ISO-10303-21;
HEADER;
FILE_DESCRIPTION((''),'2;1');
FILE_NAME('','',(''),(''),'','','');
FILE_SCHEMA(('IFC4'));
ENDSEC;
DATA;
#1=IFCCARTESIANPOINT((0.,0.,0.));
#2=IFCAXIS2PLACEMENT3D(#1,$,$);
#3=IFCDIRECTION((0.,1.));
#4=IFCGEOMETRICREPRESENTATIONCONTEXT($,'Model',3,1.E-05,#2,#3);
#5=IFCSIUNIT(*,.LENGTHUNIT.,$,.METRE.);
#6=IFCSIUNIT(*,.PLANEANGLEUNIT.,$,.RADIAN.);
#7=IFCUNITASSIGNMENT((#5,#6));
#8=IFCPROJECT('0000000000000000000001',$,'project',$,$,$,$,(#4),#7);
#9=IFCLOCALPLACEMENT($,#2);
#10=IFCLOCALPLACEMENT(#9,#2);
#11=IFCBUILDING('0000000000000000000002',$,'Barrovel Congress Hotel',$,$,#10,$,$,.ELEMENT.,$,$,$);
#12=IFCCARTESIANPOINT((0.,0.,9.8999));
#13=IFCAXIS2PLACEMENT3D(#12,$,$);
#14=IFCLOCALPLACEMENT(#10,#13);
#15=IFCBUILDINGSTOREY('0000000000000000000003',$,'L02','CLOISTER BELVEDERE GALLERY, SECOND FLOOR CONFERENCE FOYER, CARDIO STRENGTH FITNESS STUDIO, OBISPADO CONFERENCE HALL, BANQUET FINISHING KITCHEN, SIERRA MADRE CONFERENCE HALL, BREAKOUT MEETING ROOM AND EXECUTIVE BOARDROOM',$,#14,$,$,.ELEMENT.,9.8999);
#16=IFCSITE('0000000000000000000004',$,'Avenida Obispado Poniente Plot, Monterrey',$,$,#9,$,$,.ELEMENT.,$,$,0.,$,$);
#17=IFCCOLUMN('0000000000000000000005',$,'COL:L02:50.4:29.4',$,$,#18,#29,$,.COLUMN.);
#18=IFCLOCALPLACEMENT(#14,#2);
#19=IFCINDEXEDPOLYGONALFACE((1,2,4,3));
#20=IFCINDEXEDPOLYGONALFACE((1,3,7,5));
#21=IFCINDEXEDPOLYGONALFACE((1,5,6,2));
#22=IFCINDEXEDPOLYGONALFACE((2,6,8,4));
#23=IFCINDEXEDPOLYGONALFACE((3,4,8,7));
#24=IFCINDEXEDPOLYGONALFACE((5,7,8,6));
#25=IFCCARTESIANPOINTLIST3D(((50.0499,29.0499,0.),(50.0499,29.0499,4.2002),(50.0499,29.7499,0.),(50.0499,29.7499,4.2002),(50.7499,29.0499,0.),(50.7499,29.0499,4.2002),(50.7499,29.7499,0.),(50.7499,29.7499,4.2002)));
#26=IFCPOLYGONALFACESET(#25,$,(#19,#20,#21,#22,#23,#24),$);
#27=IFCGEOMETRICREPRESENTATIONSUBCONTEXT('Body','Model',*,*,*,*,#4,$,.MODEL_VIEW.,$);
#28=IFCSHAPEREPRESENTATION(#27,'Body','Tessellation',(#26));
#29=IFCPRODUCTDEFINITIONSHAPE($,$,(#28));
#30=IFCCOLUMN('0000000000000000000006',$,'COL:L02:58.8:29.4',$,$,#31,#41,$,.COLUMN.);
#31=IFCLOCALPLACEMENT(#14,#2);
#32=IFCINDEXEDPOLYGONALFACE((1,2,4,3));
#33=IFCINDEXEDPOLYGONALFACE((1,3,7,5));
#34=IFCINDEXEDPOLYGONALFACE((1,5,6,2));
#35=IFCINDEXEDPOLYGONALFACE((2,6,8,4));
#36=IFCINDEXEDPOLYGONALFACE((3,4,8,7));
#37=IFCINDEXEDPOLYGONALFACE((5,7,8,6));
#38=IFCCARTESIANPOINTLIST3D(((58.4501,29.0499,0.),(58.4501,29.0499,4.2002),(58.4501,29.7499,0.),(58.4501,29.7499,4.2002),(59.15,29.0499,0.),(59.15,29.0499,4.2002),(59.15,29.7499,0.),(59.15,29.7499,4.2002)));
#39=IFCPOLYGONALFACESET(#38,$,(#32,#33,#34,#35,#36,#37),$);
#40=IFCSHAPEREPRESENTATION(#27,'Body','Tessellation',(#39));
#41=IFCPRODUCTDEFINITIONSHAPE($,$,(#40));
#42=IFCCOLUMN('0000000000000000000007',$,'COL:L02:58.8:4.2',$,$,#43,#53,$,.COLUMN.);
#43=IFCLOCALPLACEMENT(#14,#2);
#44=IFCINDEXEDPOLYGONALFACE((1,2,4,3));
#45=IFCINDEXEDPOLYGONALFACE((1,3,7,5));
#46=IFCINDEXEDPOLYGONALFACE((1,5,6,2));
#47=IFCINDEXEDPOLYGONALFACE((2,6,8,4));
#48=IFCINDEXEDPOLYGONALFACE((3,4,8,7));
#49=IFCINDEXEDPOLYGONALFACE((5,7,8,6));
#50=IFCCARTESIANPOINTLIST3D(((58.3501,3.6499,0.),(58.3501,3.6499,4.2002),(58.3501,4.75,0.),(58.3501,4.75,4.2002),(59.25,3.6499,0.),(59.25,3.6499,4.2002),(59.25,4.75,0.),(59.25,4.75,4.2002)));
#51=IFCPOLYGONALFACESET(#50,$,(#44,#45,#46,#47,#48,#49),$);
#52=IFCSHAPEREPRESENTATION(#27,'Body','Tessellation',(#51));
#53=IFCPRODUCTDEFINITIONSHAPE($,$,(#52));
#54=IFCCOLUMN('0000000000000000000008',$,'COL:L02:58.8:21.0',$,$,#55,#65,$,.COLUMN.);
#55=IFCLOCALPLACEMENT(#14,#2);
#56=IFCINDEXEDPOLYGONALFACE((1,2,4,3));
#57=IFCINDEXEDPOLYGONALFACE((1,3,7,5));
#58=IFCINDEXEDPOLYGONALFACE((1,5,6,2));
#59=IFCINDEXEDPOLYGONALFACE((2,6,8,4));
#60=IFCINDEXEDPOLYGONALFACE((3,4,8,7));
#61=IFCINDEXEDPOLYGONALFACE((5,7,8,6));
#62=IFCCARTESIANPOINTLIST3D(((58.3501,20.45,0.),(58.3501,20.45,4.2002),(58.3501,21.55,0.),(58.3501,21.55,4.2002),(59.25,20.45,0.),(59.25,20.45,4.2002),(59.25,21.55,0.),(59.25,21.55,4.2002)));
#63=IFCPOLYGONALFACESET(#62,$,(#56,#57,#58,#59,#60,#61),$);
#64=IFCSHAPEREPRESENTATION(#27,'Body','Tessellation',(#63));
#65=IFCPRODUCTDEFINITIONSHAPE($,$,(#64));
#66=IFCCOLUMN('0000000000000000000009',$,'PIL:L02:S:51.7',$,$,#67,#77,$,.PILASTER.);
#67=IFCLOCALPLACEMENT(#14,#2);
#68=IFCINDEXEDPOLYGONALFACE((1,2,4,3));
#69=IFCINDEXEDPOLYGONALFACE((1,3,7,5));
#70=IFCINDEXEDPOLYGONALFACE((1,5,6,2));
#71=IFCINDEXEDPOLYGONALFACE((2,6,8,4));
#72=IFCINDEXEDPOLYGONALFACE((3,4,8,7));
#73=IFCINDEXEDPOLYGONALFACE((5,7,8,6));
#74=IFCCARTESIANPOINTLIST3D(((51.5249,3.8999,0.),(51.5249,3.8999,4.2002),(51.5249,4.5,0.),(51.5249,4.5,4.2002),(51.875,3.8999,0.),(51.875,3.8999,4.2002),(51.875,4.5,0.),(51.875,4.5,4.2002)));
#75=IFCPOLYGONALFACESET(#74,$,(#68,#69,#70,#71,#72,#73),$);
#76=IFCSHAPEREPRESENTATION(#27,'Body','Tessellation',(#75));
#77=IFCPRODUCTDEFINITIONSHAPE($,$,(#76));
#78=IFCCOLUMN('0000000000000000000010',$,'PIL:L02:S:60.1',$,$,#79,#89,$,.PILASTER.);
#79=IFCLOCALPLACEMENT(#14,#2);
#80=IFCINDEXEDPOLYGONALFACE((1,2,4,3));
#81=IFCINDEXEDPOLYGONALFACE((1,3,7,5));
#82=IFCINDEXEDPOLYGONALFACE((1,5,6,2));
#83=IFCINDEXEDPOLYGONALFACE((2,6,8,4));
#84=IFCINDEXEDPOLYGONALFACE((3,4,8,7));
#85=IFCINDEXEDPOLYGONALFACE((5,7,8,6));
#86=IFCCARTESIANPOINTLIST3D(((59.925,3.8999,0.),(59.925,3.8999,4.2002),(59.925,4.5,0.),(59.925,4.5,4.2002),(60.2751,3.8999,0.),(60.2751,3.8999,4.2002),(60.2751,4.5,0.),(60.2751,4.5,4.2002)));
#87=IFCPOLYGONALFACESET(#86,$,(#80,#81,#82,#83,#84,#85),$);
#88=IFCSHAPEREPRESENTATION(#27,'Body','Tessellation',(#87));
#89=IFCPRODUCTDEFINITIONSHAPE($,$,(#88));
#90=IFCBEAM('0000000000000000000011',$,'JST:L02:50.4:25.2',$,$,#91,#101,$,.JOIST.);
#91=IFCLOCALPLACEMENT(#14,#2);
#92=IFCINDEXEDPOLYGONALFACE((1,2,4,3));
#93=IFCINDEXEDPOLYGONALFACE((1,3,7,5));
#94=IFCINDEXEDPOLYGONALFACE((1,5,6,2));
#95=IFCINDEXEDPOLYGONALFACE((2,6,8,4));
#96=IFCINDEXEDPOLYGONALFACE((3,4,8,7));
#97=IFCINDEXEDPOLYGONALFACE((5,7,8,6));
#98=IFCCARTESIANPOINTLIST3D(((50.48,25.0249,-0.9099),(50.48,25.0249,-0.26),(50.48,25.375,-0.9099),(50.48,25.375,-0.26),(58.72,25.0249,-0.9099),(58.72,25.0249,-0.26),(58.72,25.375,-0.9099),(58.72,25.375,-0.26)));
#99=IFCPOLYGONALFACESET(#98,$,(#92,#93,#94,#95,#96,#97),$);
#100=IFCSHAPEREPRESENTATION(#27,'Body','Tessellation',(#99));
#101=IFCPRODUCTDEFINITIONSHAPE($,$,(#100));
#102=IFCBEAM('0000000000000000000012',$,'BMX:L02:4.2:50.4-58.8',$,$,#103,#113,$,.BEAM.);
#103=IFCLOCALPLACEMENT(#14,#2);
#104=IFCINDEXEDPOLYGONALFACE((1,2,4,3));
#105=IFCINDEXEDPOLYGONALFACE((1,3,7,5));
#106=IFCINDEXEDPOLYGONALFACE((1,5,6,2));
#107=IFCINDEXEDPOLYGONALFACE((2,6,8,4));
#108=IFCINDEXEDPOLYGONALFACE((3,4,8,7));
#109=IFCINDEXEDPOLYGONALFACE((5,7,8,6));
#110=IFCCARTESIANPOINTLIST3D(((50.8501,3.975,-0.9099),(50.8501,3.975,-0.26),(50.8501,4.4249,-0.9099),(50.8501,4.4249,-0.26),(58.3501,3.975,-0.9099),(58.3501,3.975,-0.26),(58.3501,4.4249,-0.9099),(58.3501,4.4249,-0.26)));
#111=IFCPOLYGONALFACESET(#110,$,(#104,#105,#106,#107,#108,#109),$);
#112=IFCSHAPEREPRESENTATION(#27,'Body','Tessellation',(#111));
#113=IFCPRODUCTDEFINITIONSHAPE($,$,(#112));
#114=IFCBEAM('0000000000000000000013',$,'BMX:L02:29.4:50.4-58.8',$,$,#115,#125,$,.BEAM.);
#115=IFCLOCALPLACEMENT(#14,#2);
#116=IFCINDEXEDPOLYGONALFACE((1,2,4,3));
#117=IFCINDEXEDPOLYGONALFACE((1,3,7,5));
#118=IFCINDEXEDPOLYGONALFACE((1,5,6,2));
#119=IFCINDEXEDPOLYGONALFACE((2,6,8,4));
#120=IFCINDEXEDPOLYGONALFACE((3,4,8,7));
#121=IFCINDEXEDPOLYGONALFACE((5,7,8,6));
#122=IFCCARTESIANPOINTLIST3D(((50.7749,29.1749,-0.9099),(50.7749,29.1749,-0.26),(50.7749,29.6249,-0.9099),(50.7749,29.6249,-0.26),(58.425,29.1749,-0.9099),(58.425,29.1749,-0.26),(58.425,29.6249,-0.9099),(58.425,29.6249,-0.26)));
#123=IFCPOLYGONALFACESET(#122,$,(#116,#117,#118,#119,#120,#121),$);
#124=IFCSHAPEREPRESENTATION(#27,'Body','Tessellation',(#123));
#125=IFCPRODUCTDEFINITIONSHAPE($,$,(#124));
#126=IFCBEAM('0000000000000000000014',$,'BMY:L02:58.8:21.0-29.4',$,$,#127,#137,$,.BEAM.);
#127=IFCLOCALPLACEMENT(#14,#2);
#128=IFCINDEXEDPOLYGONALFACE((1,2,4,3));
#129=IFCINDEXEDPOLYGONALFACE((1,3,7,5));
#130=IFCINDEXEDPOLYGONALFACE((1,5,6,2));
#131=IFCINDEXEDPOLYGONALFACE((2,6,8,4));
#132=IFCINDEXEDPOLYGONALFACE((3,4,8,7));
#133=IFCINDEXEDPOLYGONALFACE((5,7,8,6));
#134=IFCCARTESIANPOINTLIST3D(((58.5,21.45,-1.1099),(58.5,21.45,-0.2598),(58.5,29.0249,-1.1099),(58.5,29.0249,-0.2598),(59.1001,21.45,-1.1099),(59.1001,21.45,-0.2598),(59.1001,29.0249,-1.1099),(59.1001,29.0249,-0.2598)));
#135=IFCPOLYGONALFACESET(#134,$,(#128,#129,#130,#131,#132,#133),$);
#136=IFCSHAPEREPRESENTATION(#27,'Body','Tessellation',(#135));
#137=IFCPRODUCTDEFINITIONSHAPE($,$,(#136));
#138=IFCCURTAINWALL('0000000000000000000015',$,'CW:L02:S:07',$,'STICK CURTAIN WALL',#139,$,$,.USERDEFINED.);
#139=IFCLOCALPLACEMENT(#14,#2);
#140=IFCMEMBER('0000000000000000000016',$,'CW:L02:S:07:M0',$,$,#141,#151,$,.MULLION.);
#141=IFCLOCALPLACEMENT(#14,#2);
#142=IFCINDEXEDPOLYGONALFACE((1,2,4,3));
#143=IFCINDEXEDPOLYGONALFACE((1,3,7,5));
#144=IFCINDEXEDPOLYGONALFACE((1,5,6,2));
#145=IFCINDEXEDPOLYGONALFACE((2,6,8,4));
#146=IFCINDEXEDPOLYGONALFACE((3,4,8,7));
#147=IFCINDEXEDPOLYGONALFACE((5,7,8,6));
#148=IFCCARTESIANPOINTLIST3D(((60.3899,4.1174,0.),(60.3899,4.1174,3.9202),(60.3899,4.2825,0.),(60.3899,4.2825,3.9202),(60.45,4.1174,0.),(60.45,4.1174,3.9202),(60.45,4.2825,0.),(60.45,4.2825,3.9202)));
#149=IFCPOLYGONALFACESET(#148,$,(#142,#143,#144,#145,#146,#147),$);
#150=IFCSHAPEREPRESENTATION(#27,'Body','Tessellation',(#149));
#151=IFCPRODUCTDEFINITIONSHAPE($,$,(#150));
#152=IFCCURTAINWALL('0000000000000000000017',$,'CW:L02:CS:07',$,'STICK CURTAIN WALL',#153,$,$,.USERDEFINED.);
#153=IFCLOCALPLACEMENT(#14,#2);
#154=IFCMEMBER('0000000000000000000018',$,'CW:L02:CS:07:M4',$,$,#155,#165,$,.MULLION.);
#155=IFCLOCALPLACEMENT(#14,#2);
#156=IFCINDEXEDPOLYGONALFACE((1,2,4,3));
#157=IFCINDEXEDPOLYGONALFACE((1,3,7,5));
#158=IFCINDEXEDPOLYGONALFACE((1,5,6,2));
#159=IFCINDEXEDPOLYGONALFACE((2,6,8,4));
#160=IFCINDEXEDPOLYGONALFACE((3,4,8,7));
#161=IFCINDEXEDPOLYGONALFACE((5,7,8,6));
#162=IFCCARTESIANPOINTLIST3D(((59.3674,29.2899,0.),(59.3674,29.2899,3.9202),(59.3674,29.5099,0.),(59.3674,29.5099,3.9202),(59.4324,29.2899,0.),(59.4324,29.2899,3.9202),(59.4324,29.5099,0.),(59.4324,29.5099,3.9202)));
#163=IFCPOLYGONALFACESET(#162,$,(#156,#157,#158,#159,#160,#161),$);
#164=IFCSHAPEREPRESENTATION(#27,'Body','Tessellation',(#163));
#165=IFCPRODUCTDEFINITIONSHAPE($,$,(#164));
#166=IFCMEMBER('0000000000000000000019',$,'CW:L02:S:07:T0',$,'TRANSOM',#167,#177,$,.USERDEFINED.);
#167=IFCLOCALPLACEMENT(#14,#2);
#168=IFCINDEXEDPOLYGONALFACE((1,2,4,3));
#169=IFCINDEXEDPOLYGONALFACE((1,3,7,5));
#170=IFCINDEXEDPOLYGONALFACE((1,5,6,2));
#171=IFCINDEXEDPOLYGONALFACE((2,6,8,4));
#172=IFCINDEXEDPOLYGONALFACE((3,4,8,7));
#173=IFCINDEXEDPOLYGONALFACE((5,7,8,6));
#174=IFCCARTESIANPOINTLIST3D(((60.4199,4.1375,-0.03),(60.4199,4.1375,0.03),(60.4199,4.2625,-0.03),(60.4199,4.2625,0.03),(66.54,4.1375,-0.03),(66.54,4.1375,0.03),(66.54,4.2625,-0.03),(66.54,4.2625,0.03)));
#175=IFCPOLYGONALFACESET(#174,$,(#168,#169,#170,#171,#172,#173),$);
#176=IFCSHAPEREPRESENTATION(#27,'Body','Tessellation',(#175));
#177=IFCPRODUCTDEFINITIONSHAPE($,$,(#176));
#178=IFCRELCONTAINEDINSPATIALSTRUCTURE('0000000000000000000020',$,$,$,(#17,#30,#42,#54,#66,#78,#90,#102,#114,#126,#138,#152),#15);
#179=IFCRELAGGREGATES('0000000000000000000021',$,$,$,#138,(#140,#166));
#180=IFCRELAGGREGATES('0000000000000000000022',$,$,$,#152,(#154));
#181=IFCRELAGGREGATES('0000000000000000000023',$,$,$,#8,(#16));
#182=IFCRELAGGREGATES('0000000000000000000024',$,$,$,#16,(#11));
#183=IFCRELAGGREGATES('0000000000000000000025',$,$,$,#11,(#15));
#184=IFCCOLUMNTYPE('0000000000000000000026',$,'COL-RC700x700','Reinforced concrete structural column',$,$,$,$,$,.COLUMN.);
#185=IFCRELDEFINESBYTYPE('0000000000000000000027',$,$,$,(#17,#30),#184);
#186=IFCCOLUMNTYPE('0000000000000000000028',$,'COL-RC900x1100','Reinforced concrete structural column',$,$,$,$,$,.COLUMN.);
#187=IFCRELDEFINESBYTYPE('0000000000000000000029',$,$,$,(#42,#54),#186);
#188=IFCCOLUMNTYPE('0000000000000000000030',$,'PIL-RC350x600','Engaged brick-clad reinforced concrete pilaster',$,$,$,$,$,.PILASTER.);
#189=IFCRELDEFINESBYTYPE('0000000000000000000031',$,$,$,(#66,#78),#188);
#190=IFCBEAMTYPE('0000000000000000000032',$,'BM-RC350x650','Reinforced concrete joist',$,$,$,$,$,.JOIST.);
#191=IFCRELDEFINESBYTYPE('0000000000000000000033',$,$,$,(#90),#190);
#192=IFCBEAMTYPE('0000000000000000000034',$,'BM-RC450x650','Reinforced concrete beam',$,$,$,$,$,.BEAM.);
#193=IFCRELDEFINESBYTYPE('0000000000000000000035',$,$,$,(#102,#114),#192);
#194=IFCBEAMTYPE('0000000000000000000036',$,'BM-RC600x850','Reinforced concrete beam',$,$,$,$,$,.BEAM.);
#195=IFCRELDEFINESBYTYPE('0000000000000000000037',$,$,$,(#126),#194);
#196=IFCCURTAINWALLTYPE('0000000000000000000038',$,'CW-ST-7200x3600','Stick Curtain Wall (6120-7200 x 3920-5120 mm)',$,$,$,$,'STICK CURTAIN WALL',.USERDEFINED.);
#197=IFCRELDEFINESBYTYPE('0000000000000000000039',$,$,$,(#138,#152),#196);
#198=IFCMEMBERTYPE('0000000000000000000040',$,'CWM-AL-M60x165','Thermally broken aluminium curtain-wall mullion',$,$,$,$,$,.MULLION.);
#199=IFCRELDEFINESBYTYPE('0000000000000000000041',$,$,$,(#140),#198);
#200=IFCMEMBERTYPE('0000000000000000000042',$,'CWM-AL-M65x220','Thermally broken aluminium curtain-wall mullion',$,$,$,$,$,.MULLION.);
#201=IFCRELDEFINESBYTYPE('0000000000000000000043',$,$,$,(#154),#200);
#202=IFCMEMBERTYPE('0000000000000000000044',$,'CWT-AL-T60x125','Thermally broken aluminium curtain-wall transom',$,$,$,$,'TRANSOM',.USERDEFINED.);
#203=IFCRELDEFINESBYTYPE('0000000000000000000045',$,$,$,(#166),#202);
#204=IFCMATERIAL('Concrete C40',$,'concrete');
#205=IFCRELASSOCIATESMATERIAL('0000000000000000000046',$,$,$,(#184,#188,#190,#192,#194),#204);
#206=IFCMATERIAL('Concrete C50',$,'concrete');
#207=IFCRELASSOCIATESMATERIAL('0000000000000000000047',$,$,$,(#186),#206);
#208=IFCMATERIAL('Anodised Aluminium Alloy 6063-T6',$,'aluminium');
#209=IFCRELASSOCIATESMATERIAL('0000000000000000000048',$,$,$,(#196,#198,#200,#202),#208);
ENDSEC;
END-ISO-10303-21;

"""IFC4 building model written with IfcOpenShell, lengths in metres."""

from ifc_helpers import new_model, si_unit, direction, frame, origin, origin_2d, place, context, subcontext, project, spatial, rectangle, extrude, material, material_profile, profile_set, type_object, element, aggregate, save


model = new_model("IFC4")

# Units and contexts
model_context = context("Model", 3, precision=1e-05, world=origin(), true_north=direction((0.0, 1.0)))
body_context = subcontext(model_context, "Body", "Model", "MODEL_VIEW")
ifc_project = project(units=[si_unit("LENGTHUNIT", "METRE"), si_unit("PLANEANGLEUNIT", "RADIAN")], contexts=[model_context])

# Site, building, storey
site_placement = place(None, origin())
site = spatial("IfcSite", under=ifc_project, at=site_placement, Name="Avenida Obispado Poniente Plot, Monterrey", CompositionType="ELEMENT", RefElevation=0.0)
building_placement = place(site_placement, origin())
building = spatial("IfcBuilding", under=site, at=building_placement, Name="Barrovel Congress Hotel", CompositionType="ELEMENT")
storey_placement = place(building_placement, frame((0.0, 0.0, 9.8999)))
storey = spatial("IfcBuildingStorey", under=building, at=storey_placement, Name="L02", Description="CLOISTER BELVEDERE GALLERY, SECOND FLOOR CONFERENCE FOYER, CARDIO STRENGTH FITNESS STUDIO, OBISPADO CONFERENCE HALL, BANQUET FINISHING KITCHEN, SIERRA MADRE CONFERENCE HALL, BREAKOUT MEETING ROOM AND EXECUTIVE BOARDROOM", CompositionType="ELEMENT", Elevation=9.8999)

# Columns
ifc_material_1 = material(Name="Concrete C40", Category="concrete")
ifc_material_profile_1 = material_profile(ifc_material_1, rectangle(XDim=0.7, YDim=0.7, at=origin_2d()), Name="RC700x700")
ifc_profile_set_1 = profile_set([ifc_material_profile_1], Name="Concrete C40")
column_type_1 = type_object("IfcColumnType", Name="COL-RC700x700", Description="Reinforced concrete structural column", PredefinedType="COLUMN", material=ifc_profile_set_1)
for number, where, z_axis, x_axis, name in (
    (1, (50.3999, 29.3999, 0.0), (0.0, 0.0, 1.0), (1.0, 0.0, 0.0), "COL:L02:50.4:29.4"),
    (2, (58.8, 29.3999, 0.0), (0.0, 0.0, 1.0), (1.0, 0.0, 0.0), "COL:L02:58.8:29.4"),
):
    element("IfcColumn", number, at=place(storey_placement, frame(where, z_axis=z_axis, x_axis=x_axis)), inside=storey, type_object=column_type_1, Name=name, PredefinedType="COLUMN", context=body_context, shape_type="SweptSolid", body=[
        extrude(rectangle(XDim=0.7, YDim=0.7, at=origin_2d()), origin(), (0.0, 0.0, 1.0), 4.2002),
    ])
ifc_material_2 = material(Name="Concrete C50", Category="concrete")
ifc_material_profile_2 = material_profile(ifc_material_2, rectangle(XDim=0.8999, YDim=1.1001, at=origin_2d()), Name="RC900x1100")
ifc_profile_set_2 = profile_set([ifc_material_profile_2], Name="Concrete C50")
column_type_2 = type_object("IfcColumnType", Name="COL-RC900x1100", Description="Reinforced concrete structural column", PredefinedType="COLUMN", material=ifc_profile_set_2)
for number, where, z_axis, x_axis, name in (
    (3, (58.8, 4.2, 0.0), (0.0, 0.0, 1.0), (1.0, 0.0, 0.0), "COL:L02:58.8:4.2"),
    (4, (58.8, 21.0, 0.0), (0.0, 0.0, 1.0), (1.0, 0.0, 0.0), "COL:L02:58.8:21.0"),
):
    element("IfcColumn", number, at=place(storey_placement, frame(where, z_axis=z_axis, x_axis=x_axis)), inside=storey, type_object=column_type_2, Name=name, PredefinedType="COLUMN", context=body_context, shape_type="SweptSolid", body=[
        extrude(rectangle(XDim=0.8999, YDim=1.1001, at=origin_2d()), origin(), (0.0, 0.0, 1.0), 4.2002),
    ])
ifc_material_profile_3 = material_profile(ifc_material_1, rectangle(XDim=0.3501, YDim=0.6001, at=origin_2d()), Name="RC350x600")
ifc_profile_set_3 = profile_set([ifc_material_profile_3], Name="Concrete C40")
column_type_3 = type_object("IfcColumnType", Name="PIL-RC350x600", Description="Engaged brick-clad reinforced concrete pilaster", PredefinedType="PILASTER", material=ifc_profile_set_3)
for number, where, z_axis, x_axis, name in (
    (5, (51.7, 4.2, 0.0), (0.0, 0.0, 1.0), (1.0, 0.0, 0.0), "PIL:L02:S:51.7"),
    (6, (60.1001, 4.2, 0.0), (0.0, 0.0, 1.0), (1.0, 0.0, 0.0), "PIL:L02:S:60.1"),
):
    element("IfcColumn", number, at=place(storey_placement, frame(where, z_axis=z_axis, x_axis=x_axis)), inside=storey, type_object=column_type_3, Name=name, PredefinedType="PILASTER", context=body_context, shape_type="SweptSolid", body=[
        extrude(rectangle(XDim=0.3501, YDim=0.6001, at=origin_2d()), origin(), (0.0, 0.0, 1.0), 4.2002),
    ])

# Beams
ifc_material_profile_4 = material_profile(ifc_material_1, rectangle(XDim=0.3501, YDim=0.6499, at=origin_2d()), Name="RC350x650")
ifc_profile_set_4 = profile_set([ifc_material_profile_4], Name="Concrete C40")
beam_type_1 = type_object("IfcBeamType", Name="BM-RC350x650", Description="Reinforced concrete joist", PredefinedType="JOIST", material=ifc_profile_set_4)
beam_1_placement = place(storey_placement, frame((50.48, 25.2, -0.585), z_axis=(1.0, 0.0, 0.0), x_axis=(0.0, 1.0, 0.0)))
element("IfcBeam", 7, at=beam_1_placement, inside=storey, type_object=beam_type_1, Name="JST:L02:50.4:25.2", PredefinedType="JOIST", context=body_context, shape_type="SweptSolid", body=[
    extrude(rectangle(XDim=0.3501, YDim=0.6499, at=origin_2d()), origin(), (0.0, 0.0, 1.0), 8.24),
])
ifc_material_profile_5 = material_profile(ifc_material_1, rectangle(XDim=0.45, YDim=0.6499, at=origin_2d()), Name="RC450x650")
ifc_profile_set_5 = profile_set([ifc_material_profile_5], Name="Concrete C40")
beam_type_2 = type_object("IfcBeamType", Name="BM-RC450x650", Description="Reinforced concrete beam", PredefinedType="BEAM", material=ifc_profile_set_5)
beam_2_placement = place(storey_placement, frame((50.8501, 4.2, -0.585), z_axis=(1.0, 0.0, 0.0), x_axis=(0.0, 1.0, 0.0)))
element("IfcBeam", 8, at=beam_2_placement, inside=storey, type_object=beam_type_2, Name="BMX:L02:4.2:50.4-58.8", PredefinedType="BEAM", context=body_context, shape_type="SweptSolid", body=[
    extrude(rectangle(XDim=0.45, YDim=0.6499, at=origin_2d()), origin(), (0.0, 0.0, 1.0), 7.5),
])
beam_3_placement = place(storey_placement, frame((50.7749, 29.3999, -0.585), z_axis=(1.0, 0.0, 0.0), x_axis=(0.0, 1.0, 0.0)))
element("IfcBeam", 9, at=beam_3_placement, inside=storey, type_object=beam_type_2, Name="BMX:L02:29.4:50.4-58.8", PredefinedType="BEAM", context=body_context, shape_type="SweptSolid", body=[
    extrude(rectangle(XDim=0.45, YDim=0.6499, at=origin_2d()), origin(), (0.0, 0.0, 1.0), 7.6501),
])
ifc_material_profile_6 = material_profile(ifc_material_1, rectangle(XDim=0.6001, YDim=0.8501, at=origin_2d()), Name="RC600x850")
ifc_profile_set_6 = profile_set([ifc_material_profile_6], Name="Concrete C40")
beam_type_3 = type_object("IfcBeamType", Name="BM-RC600x850", Description="Reinforced concrete beam", PredefinedType="BEAM", material=ifc_profile_set_6)
beam_4_placement = place(storey_placement, frame((58.8, 21.45, -0.6848), z_axis=(0.0, 1.0, 0.0), x_axis=(-1.0, 0.0, 0.0)))
element("IfcBeam", 10, at=beam_4_placement, inside=storey, type_object=beam_type_3, Name="BMY:L02:58.8:21.0-29.4", PredefinedType="BEAM", context=body_context, shape_type="SweptSolid", body=[
    extrude(rectangle(XDim=0.6001, YDim=0.8501, at=origin_2d()), origin(), (0.0, 0.0, 1.0), 7.575),
])

# Curtain walls, members
ifc_material_3 = material(Name="Anodised Aluminium Alloy 6063-T6", Category="aluminium")
curtain_wall_type = type_object("IfcCurtainWallType", Name="CW-ST-7200x3600", Description="Stick Curtain Wall (6120-7200 x 3920-5120 mm)", ElementType="STICK CURTAIN WALL", PredefinedType="USERDEFINED", material=ifc_material_3)
curtain_wall_1_placement = place(storey_placement, origin())
curtain_wall_1 = element("IfcCurtainWall", 11, at=curtain_wall_1_placement, inside=storey, type_object=curtain_wall_type, Name="CW:L02:S:07", ObjectType="STICK CURTAIN WALL", PredefinedType="USERDEFINED")
ifc_material_profile_7 = material_profile(ifc_material_3, rectangle(XDim=0.0601, YDim=0.165, at=origin_2d()), Name="AL-M60x165")
ifc_profile_set_7 = profile_set([ifc_material_profile_7], Name="Anodised Aluminium Alloy 6063-T6")
member_type_1 = type_object("IfcMemberType", Name="CWM-AL-M60x165", Description="Thermally broken aluminium curtain-wall mullion", PredefinedType="MULLION", material=ifc_profile_set_7)
member_1_placement = place(storey_placement, frame((60.4199, 4.2, 0.0), z_axis=(0.0, 0.0, 1.0), x_axis=(1.0, 0.0, 0.0)))
member_1 = element("IfcMember", 12, at=member_1_placement, type_object=member_type_1, Name="CW:L02:S:07:M0", PredefinedType="MULLION", context=body_context, shape_type="SweptSolid", body=[
    extrude(rectangle(XDim=0.0601, YDim=0.165, at=origin_2d()), origin(), (0.0, 0.0, 1.0), 3.9202),
])
curtain_wall_2_placement = place(storey_placement, origin())
curtain_wall_2 = element("IfcCurtainWall", 13, at=curtain_wall_2_placement, inside=storey, type_object=curtain_wall_type, Name="CW:L02:CS:07", ObjectType="STICK CURTAIN WALL", PredefinedType="USERDEFINED")
ifc_material_profile_8 = material_profile(ifc_material_3, rectangle(XDim=0.0649, YDim=0.22, at=origin_2d()), Name="AL-M65x220")
ifc_profile_set_8 = profile_set([ifc_material_profile_8], Name="Anodised Aluminium Alloy 6063-T6")
member_type_2 = type_object("IfcMemberType", Name="CWM-AL-M65x220", Description="Thermally broken aluminium curtain-wall mullion", PredefinedType="MULLION", material=ifc_profile_set_8)
member_2_placement = place(storey_placement, frame((59.3999, 29.3999, 0.0), z_axis=(0.0, 0.0, 1.0), x_axis=(1.0, 0.0, 0.0)))
member_2 = element("IfcMember", 14, at=member_2_placement, type_object=member_type_2, Name="CW:L02:CS:07:M4", PredefinedType="MULLION", context=body_context, shape_type="SweptSolid", body=[
    extrude(rectangle(XDim=0.0649, YDim=0.22, at=origin_2d()), origin(), (0.0, 0.0, 1.0), 3.9202),
])

# Member
ifc_material_profile_9 = material_profile(ifc_material_3, rectangle(XDim=0.125, YDim=0.0601, at=origin_2d()), Name="AL-T60x125")
ifc_profile_set_9 = profile_set([ifc_material_profile_9], Name="Anodised Aluminium Alloy 6063-T6")
member_type_3 = type_object("IfcMemberType", Name="CWT-AL-T60x125", Description="Thermally broken aluminium curtain-wall transom", ElementType="TRANSOM", PredefinedType="USERDEFINED", material=ifc_profile_set_9)
member_3_placement = place(storey_placement, frame((60.4199, 4.2, 0.0), z_axis=(1.0, 0.0, 0.0), x_axis=(0.0, 1.0, 0.0)))
member_3 = element("IfcMember", 15, at=member_3_placement, type_object=member_type_3, Name="CW:L02:S:07:T0", ObjectType="TRANSOM", PredefinedType="USERDEFINED", context=body_context, shape_type="SweptSolid", body=[
    extrude(rectangle(XDim=0.125, YDim=0.0601, at=origin_2d()), origin(), (0.0, 0.0, 1.0), 6.1201),
])
aggregate(curtain_wall_1, [member_1, member_3])

aggregate(curtain_wall_2, [member_2])

save(model, "model.ifc")
